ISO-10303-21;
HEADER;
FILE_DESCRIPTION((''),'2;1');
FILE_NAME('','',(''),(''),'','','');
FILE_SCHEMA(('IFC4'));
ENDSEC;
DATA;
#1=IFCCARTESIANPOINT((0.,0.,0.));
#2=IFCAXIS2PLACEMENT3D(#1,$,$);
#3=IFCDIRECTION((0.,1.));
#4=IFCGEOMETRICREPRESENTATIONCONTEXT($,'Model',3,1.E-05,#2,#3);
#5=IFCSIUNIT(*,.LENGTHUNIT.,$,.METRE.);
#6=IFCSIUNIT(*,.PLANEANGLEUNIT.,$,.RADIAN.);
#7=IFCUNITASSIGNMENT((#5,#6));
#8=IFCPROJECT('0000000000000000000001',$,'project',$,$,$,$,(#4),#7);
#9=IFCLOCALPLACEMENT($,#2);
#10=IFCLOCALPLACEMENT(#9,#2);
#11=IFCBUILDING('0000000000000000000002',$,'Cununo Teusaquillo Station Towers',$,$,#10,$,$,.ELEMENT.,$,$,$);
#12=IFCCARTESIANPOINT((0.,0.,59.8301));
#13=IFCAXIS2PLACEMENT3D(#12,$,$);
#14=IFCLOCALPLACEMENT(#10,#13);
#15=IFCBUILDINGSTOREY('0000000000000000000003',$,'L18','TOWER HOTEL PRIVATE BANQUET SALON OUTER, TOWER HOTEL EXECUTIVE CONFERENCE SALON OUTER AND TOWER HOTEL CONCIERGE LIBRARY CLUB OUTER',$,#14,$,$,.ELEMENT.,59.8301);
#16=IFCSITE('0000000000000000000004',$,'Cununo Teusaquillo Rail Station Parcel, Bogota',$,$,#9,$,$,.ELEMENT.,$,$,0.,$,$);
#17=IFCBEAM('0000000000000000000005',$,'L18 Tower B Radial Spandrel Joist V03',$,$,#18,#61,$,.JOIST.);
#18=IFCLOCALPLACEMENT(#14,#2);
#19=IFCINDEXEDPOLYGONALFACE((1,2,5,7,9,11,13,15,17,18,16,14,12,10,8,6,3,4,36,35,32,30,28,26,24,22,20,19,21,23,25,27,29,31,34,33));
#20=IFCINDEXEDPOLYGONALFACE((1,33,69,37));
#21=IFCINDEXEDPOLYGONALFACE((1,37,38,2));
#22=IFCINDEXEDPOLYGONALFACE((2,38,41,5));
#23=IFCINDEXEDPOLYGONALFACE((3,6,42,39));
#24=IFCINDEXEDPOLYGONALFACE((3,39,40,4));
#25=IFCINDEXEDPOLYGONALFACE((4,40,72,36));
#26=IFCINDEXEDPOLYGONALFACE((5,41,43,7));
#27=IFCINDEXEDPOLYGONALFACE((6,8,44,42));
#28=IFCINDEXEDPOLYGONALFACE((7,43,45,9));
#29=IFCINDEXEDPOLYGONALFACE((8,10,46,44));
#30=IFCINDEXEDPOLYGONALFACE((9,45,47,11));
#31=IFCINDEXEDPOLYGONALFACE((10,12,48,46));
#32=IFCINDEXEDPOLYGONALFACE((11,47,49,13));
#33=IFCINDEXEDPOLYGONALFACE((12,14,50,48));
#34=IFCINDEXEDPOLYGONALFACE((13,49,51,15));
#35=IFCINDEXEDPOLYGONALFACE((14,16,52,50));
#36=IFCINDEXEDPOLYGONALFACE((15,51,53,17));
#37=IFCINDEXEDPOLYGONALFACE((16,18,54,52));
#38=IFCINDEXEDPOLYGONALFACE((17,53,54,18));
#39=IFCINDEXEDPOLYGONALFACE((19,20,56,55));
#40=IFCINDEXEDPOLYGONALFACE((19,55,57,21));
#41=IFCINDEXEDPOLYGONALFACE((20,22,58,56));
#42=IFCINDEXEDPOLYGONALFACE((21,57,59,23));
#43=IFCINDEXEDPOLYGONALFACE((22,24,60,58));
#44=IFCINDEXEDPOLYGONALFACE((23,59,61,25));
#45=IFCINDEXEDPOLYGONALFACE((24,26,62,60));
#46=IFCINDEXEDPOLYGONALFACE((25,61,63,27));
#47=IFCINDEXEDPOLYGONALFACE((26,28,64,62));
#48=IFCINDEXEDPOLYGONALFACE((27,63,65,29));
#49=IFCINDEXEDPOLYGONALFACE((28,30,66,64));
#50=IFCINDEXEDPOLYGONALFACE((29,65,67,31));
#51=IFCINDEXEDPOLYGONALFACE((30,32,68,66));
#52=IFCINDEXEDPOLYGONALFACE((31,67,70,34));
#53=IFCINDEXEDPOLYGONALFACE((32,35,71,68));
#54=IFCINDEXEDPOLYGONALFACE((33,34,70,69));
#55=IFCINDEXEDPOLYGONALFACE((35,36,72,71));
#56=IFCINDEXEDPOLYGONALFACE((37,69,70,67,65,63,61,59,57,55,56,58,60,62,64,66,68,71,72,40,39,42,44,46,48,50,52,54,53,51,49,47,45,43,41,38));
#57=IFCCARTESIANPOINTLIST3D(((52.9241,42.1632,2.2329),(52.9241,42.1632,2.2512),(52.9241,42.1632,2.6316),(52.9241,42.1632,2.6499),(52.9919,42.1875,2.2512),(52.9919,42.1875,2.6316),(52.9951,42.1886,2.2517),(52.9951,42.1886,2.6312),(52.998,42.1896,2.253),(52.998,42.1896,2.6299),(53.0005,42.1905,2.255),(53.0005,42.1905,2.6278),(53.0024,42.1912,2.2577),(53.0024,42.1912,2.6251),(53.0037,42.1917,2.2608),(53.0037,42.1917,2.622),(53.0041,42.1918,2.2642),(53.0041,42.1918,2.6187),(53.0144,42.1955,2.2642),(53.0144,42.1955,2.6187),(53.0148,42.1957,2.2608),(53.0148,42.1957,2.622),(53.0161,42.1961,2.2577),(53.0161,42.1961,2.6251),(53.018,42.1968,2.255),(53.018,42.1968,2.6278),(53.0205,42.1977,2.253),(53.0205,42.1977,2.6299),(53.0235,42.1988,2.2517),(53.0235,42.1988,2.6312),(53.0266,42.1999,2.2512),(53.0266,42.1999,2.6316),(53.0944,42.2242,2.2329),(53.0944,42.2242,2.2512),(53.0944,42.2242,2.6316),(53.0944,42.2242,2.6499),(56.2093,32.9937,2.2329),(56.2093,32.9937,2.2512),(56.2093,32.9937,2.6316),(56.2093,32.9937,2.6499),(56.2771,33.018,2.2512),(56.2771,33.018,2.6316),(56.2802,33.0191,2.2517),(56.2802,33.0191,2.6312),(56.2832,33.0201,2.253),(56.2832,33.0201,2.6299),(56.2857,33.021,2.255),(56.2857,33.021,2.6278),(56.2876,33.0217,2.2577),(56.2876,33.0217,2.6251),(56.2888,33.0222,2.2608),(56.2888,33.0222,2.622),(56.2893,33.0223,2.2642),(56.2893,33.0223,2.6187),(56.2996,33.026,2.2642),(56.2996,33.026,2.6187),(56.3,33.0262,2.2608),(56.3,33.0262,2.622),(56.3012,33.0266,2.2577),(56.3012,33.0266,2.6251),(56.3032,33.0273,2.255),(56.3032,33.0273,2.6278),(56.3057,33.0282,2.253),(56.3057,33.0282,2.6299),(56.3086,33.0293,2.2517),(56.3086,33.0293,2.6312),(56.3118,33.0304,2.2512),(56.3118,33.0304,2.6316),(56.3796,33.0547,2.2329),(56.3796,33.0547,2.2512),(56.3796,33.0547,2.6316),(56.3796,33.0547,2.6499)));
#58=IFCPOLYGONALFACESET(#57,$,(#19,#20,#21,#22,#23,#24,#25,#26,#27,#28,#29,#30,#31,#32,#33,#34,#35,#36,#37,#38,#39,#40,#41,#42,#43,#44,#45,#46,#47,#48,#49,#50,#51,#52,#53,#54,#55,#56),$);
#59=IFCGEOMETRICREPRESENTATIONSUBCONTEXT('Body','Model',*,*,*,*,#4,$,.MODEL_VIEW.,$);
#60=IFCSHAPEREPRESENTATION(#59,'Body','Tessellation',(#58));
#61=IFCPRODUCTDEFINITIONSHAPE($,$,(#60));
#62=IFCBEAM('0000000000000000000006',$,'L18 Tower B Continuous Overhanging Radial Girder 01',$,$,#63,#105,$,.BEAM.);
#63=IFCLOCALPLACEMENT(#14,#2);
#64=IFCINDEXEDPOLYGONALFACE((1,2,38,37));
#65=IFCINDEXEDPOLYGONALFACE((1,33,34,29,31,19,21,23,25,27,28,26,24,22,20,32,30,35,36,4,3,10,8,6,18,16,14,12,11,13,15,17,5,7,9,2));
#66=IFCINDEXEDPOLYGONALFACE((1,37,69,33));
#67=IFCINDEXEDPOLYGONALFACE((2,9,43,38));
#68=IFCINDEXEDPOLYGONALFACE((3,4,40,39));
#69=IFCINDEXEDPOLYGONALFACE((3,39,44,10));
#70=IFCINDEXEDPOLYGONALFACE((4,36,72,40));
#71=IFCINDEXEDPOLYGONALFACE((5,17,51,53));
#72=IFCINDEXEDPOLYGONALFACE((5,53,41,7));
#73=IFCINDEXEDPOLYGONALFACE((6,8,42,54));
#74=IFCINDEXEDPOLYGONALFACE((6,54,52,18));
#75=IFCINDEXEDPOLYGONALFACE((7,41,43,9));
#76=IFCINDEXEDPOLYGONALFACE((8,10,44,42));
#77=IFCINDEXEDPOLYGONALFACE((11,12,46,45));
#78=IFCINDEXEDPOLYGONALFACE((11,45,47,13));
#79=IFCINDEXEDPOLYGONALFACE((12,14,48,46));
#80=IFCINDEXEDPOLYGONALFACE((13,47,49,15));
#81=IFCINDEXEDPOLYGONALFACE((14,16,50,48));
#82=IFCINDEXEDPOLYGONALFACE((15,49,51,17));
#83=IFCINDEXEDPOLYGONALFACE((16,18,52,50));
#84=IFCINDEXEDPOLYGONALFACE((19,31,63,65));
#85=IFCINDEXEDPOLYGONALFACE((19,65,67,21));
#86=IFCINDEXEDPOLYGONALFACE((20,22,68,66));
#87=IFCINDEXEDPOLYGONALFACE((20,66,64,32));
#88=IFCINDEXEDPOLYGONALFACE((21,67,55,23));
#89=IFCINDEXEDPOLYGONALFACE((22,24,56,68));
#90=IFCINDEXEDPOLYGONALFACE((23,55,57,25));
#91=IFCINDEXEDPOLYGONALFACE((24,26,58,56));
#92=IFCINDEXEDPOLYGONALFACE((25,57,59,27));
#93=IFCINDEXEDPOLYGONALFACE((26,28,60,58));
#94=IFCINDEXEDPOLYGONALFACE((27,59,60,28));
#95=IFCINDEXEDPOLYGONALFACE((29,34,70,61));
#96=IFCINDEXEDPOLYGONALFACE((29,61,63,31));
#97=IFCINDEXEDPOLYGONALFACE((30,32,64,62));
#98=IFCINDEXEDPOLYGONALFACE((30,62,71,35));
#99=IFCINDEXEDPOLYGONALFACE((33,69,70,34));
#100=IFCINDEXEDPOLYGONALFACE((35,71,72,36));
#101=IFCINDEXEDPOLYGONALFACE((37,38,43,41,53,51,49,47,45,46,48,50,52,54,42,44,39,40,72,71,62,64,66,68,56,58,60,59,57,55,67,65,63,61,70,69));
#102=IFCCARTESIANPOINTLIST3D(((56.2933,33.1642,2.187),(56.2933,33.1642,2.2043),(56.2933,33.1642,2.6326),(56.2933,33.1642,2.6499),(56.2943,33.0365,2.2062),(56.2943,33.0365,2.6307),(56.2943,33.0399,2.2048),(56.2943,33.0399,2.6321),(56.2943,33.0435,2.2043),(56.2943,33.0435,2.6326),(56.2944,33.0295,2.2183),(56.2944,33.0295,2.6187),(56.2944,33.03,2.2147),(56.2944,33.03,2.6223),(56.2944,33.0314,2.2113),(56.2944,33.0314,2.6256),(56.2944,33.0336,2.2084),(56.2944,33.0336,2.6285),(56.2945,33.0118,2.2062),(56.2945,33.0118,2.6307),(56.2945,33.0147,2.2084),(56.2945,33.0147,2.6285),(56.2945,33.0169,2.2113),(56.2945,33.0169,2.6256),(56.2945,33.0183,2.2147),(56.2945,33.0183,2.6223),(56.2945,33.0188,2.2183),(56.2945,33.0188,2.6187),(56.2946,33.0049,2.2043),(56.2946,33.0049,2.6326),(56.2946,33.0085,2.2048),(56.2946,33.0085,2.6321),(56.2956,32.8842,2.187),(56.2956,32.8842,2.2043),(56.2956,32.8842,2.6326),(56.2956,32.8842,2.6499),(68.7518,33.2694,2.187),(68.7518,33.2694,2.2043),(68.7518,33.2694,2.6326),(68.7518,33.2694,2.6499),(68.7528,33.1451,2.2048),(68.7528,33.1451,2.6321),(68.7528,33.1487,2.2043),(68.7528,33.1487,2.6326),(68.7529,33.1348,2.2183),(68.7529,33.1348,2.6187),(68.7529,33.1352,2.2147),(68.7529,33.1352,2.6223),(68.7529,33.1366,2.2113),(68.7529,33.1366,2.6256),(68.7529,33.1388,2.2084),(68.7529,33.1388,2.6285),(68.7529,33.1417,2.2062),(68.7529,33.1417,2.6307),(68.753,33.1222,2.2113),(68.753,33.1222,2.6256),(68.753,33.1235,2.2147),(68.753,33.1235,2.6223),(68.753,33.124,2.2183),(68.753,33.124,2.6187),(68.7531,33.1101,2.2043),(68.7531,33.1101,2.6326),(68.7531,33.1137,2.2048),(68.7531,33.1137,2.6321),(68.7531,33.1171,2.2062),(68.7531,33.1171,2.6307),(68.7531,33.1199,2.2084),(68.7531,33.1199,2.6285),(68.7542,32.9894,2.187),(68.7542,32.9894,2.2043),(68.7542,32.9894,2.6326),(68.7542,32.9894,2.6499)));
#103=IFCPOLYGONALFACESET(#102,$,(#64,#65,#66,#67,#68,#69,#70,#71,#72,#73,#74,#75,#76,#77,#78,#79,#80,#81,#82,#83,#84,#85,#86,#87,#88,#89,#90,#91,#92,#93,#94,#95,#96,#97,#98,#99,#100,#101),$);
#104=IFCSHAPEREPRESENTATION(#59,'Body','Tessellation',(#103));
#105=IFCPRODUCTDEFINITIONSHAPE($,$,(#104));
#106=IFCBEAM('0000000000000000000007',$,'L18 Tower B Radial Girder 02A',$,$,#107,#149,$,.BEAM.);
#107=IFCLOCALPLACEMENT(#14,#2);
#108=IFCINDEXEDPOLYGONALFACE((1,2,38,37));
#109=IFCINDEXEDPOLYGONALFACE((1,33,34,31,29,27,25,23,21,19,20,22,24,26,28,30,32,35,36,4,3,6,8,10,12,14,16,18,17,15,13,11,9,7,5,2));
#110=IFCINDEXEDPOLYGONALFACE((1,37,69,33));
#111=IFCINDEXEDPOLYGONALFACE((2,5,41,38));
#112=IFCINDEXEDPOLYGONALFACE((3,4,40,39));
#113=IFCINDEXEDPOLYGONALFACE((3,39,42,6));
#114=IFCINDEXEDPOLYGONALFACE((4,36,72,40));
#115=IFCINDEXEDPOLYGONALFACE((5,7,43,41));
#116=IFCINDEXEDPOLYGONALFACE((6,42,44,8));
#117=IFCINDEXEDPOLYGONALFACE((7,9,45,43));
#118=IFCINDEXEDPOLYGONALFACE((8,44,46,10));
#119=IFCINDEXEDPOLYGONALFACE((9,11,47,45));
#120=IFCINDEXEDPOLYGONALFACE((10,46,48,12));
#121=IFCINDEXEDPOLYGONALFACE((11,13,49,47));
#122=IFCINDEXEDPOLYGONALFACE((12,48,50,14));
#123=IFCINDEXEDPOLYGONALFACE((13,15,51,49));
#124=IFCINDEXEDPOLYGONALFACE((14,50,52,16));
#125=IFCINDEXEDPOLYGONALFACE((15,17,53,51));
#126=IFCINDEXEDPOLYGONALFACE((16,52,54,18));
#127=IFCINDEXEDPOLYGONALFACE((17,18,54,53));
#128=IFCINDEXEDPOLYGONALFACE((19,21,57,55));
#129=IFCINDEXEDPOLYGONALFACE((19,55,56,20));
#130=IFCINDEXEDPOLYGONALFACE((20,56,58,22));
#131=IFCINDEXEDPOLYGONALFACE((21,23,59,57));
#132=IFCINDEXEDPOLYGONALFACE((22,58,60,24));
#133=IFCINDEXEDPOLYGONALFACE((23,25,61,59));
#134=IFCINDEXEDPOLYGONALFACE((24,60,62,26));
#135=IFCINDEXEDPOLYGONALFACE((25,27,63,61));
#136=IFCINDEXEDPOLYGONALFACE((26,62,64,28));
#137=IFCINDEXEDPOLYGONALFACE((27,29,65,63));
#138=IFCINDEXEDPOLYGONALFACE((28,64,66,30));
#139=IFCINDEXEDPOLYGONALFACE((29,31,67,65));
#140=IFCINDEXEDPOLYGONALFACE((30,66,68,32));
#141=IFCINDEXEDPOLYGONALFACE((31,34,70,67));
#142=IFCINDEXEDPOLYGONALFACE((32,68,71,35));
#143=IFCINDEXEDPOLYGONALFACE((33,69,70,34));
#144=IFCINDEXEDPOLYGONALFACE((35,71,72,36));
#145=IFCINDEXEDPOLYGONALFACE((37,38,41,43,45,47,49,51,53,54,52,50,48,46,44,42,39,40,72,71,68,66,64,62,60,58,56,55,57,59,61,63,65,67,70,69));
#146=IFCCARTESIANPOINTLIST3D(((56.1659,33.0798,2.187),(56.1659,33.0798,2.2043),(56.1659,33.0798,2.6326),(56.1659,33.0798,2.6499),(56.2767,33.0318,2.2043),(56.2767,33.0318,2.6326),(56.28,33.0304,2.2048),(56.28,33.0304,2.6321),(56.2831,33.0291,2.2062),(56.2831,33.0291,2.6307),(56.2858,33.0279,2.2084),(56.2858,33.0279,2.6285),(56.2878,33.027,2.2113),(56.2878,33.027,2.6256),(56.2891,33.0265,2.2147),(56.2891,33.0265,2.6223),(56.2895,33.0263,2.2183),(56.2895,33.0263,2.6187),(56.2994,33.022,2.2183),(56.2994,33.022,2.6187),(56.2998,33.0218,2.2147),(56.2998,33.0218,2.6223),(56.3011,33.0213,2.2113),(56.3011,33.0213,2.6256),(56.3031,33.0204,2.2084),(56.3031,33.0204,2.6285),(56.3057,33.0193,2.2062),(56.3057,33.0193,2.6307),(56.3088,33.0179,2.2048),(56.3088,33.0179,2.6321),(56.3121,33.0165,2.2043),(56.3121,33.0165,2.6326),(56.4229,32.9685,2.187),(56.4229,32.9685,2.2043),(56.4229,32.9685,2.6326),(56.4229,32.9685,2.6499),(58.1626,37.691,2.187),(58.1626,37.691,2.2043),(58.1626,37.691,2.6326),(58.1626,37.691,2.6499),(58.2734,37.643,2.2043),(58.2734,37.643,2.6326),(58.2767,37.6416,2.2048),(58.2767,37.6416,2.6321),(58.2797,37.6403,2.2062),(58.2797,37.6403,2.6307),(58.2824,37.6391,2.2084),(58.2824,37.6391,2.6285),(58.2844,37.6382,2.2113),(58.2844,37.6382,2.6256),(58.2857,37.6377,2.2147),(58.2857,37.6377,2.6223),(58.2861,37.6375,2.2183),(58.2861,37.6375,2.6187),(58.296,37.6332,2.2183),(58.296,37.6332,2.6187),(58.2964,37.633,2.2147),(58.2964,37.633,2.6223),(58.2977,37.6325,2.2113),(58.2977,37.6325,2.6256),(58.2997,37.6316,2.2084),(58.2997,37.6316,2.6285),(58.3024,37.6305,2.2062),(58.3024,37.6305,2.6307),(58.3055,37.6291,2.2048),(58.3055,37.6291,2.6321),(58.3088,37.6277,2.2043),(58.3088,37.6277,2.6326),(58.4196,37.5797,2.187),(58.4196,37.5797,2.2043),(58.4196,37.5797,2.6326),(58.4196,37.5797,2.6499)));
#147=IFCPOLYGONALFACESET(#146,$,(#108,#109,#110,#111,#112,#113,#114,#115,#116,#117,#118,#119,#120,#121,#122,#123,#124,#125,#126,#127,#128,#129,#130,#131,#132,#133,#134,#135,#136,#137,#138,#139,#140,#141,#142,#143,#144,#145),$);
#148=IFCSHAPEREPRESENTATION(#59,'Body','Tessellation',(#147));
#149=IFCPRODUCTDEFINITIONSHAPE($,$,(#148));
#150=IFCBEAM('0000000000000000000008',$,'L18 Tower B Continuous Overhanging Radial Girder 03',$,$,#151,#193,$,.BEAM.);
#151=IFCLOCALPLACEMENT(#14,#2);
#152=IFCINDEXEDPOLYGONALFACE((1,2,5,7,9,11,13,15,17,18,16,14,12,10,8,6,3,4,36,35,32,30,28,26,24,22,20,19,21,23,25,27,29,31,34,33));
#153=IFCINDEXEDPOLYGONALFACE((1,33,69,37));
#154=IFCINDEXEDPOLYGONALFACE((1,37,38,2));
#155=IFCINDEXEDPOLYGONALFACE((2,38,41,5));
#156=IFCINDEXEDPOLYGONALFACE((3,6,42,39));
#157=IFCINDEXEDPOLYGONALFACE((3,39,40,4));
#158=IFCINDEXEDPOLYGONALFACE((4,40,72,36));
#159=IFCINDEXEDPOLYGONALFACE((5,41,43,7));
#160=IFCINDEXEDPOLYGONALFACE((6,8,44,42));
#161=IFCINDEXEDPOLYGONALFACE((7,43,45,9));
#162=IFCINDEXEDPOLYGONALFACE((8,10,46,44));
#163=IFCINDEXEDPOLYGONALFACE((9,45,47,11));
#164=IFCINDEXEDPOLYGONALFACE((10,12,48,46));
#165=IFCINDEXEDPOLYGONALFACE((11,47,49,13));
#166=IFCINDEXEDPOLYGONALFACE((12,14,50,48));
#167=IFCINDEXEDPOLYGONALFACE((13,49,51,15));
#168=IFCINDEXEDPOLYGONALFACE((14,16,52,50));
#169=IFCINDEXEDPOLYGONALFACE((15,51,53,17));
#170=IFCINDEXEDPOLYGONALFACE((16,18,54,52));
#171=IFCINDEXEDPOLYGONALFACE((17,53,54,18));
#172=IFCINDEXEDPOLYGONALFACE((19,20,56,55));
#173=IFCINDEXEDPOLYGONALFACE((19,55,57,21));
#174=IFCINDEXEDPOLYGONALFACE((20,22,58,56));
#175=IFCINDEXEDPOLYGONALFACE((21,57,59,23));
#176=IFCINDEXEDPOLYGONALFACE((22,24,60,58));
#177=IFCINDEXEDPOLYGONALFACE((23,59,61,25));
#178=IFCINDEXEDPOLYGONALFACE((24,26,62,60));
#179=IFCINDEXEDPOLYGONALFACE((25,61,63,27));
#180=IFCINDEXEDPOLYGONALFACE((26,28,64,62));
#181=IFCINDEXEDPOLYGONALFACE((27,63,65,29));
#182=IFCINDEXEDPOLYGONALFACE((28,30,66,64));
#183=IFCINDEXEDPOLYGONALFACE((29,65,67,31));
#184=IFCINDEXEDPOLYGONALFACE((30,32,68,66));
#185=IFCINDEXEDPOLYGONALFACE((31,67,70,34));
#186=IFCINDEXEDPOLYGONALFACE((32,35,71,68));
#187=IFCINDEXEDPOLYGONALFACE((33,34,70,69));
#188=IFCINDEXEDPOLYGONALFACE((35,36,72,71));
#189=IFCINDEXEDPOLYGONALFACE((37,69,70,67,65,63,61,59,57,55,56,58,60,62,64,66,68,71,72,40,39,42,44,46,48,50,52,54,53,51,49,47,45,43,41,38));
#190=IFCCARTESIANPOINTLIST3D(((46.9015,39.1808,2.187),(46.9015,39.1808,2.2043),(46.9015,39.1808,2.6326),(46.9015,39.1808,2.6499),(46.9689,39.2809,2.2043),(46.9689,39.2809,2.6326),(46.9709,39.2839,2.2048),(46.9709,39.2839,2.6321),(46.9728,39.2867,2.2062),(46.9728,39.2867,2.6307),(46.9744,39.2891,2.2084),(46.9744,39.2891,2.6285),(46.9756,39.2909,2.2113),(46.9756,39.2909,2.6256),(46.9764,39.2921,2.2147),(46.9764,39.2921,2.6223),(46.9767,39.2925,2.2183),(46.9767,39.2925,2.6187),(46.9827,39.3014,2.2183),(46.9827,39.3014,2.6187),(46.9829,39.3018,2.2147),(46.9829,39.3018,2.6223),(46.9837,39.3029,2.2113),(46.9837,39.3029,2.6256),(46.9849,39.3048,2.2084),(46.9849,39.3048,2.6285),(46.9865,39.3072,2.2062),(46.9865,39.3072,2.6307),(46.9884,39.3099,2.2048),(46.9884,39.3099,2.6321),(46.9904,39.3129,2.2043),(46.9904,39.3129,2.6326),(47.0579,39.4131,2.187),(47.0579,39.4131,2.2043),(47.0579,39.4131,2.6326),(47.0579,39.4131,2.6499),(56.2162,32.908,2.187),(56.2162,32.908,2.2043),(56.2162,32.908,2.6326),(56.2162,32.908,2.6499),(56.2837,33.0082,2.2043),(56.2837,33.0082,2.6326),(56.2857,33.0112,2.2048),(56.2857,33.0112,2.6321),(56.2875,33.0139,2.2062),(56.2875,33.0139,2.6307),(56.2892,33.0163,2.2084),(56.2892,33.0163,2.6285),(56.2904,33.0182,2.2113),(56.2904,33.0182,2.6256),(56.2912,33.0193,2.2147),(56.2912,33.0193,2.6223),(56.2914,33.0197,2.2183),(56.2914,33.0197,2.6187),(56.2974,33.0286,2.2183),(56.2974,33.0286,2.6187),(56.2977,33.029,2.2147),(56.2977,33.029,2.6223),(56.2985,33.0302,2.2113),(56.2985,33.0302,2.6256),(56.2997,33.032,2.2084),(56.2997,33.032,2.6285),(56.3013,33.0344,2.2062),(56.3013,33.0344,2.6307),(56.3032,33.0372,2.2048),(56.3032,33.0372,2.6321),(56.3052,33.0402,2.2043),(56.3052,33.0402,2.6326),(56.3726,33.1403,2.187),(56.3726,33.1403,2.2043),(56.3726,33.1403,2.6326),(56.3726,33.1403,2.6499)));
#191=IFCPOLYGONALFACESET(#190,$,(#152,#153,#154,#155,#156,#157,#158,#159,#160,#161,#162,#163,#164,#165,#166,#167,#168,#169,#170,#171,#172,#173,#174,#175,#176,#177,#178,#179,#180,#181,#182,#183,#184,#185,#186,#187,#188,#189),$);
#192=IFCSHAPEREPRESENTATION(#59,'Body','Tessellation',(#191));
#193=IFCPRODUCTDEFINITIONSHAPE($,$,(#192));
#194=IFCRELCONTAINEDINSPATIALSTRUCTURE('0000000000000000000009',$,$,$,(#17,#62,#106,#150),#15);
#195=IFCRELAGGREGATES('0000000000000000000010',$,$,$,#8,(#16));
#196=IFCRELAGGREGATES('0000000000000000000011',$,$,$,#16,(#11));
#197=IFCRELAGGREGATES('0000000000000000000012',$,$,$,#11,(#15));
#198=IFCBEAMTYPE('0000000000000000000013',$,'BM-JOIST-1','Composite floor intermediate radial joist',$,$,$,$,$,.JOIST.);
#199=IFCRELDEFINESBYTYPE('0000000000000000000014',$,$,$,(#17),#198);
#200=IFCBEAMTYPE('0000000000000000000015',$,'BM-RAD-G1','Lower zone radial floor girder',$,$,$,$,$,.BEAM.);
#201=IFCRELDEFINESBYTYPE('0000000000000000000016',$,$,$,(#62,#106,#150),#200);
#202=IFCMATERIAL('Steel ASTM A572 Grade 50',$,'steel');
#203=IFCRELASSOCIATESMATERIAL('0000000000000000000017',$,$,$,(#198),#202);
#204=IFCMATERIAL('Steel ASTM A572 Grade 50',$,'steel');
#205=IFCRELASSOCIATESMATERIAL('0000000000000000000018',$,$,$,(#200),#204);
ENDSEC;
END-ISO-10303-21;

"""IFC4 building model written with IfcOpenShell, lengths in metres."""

from ifc_helpers import new_model, si_unit, direction, frame, origin, origin_2d, place, context, subcontext, project, spatial, i_section, extrude, material, material_profile, profile_set, type_object, element, save


model = new_model("IFC4")

# Units and contexts
model_context = context("Model", 3, precision=1e-05, world=origin(), true_north=direction((0.0, 1.0)))
body_context = subcontext(model_context, "Body", "Model", "MODEL_VIEW")
ifc_project = project(units=[si_unit("LENGTHUNIT", "METRE"), si_unit("PLANEANGLEUNIT", "RADIAN")], contexts=[model_context])

# Site, building, storey
site_placement = place(None, origin())
site = spatial("IfcSite", under=ifc_project, at=site_placement, Name="Cununo Teusaquillo Rail Station Parcel, Bogota", CompositionType="ELEMENT", RefElevation=0.0)
building_placement = place(site_placement, origin())
building = spatial("IfcBuilding", under=site, at=building_placement, Name="Cununo Teusaquillo Station Towers", CompositionType="ELEMENT")
storey_placement = place(building_placement, frame((0.0, 0.0, 59.8301)))
storey = spatial("IfcBuildingStorey", under=building, at=storey_placement, Name="L18", Description="TOWER HOTEL PRIVATE BANQUET SALON OUTER, TOWER HOTEL EXECUTIVE CONFERENCE SALON OUTER AND TOWER HOTEL CONCIERGE LIBRARY CLUB OUTER", CompositionType="ELEMENT", Elevation=59.8301)

# Beams
ifc_material_1 = material(Name="Steel ASTM A572 Grade 50", Category="steel")
ifc_material_profile_1 = material_profile(ifc_material_1, i_section(OverallWidth=0.1809, OverallDepth=0.417, WebThickness=0.011, FlangeThickness=0.0183, FilletRadius=0.0129, at=origin_2d()), Name="W16X57")
ifc_profile_set_1 = profile_set([ifc_material_profile_1], Name="Steel ASTM A572 Grade 50")
beam_type_1 = type_object("IfcBeamType", Name="BM-JOIST-1", Description="Composite floor intermediate radial joist", PredefinedType="JOIST", material=ifc_profile_set_1)
beam_1_placement = place(storey_placement, frame((56.2944, 33.0242, 2.4414), z_axis=(-0.337279, 0.941405, 0.0), x_axis=(-0.941405, -0.337279, 0.0)))
element("IfcBeam", 1, at=beam_1_placement, inside=storey, type_object=beam_type_1, Name="L18 Tower B Radial Spandrel Joist V03", PredefinedType="JOIST", context=body_context, shape_type="SweptSolid", body=[
    extrude(i_section(OverallWidth=0.1809, OverallDepth=0.417, WebThickness=0.011, FlangeThickness=0.0183, FilletRadius=0.0129, at=origin_2d()), origin(), (0.0, 0.0, 1.0), 9.7402),
])
ifc_material_2 = material(Name="Steel ASTM A572 Grade 50", Category="steel")
ifc_material_profile_2 = material_profile(ifc_material_2, i_section(OverallWidth=0.28, OverallDepth=0.4629, WebThickness=0.0107, FlangeThickness=0.0173, FilletRadius=0.0139, at=origin_2d()), Name="W18X76")
ifc_profile_set_2 = profile_set([ifc_material_profile_2], Name="Steel ASTM A572 Grade 50")
beam_type_2 = type_object("IfcBeamType", Name="BM-RAD-G1", Description="Lower zone radial floor girder", PredefinedType="BEAM", material=ifc_profile_set_2)
beam_2_placement = place(storey_placement, frame((56.2944, 33.0242, 2.4185), z_axis=(0.999964, 0.008446, 0.0), x_axis=(-0.008446, 0.999964, 0.0)))
element("IfcBeam", 2, at=beam_2_placement, inside=storey, type_object=beam_type_2, Name="L18 Tower B Continuous Overhanging Radial Girder 01", PredefinedType="BEAM", context=body_context, shape_type="SweptSolid", body=[
    extrude(i_section(OverallWidth=0.28, OverallDepth=0.4629, WebThickness=0.0107, FlangeThickness=0.0173, FilletRadius=0.0139, at=origin_2d()), origin(), (0.0, 0.0, 1.0), 12.459),
])
beam_3_placement = place(storey_placement, frame((56.2944, 33.0242, 2.4185), z_axis=(0.397347, 0.917668, 0.0), x_axis=(-0.917668, 0.397347, 0.0)))
element("IfcBeam", 3, at=beam_3_placement, inside=storey, type_object=beam_type_2, Name="L18 Tower B Radial Girder 02A", PredefinedType="BEAM", context=body_context, shape_type="SweptSolid", body=[
    extrude(i_section(OverallWidth=0.28, OverallDepth=0.4629, WebThickness=0.0107, FlangeThickness=0.0173, FilletRadius=0.0139, at=origin_2d()), origin(), (0.0, 0.0, 1.0), 5.0249),
])
beam_4_placement = place(storey_placement, frame((56.2944, 33.0242, 2.4185), z_axis=(-0.829456, 0.558572, 0.0), x_axis=(-0.558572, -0.829456, 0.0)))
element("IfcBeam", 4, at=beam_4_placement, inside=storey, type_object=beam_type_2, Name="L18 Tower B Continuous Overhanging Radial Girder 03", PredefinedType="BEAM", context=body_context, shape_type="SweptSolid", body=[
    extrude(i_section(OverallWidth=0.28, OverallDepth=0.4629, WebThickness=0.0107, FlangeThickness=0.0173, FilletRadius=0.0139, at=origin_2d()), origin(), (0.0, 0.0, 1.0), 11.23),
])

save(model, "model.ifc")
